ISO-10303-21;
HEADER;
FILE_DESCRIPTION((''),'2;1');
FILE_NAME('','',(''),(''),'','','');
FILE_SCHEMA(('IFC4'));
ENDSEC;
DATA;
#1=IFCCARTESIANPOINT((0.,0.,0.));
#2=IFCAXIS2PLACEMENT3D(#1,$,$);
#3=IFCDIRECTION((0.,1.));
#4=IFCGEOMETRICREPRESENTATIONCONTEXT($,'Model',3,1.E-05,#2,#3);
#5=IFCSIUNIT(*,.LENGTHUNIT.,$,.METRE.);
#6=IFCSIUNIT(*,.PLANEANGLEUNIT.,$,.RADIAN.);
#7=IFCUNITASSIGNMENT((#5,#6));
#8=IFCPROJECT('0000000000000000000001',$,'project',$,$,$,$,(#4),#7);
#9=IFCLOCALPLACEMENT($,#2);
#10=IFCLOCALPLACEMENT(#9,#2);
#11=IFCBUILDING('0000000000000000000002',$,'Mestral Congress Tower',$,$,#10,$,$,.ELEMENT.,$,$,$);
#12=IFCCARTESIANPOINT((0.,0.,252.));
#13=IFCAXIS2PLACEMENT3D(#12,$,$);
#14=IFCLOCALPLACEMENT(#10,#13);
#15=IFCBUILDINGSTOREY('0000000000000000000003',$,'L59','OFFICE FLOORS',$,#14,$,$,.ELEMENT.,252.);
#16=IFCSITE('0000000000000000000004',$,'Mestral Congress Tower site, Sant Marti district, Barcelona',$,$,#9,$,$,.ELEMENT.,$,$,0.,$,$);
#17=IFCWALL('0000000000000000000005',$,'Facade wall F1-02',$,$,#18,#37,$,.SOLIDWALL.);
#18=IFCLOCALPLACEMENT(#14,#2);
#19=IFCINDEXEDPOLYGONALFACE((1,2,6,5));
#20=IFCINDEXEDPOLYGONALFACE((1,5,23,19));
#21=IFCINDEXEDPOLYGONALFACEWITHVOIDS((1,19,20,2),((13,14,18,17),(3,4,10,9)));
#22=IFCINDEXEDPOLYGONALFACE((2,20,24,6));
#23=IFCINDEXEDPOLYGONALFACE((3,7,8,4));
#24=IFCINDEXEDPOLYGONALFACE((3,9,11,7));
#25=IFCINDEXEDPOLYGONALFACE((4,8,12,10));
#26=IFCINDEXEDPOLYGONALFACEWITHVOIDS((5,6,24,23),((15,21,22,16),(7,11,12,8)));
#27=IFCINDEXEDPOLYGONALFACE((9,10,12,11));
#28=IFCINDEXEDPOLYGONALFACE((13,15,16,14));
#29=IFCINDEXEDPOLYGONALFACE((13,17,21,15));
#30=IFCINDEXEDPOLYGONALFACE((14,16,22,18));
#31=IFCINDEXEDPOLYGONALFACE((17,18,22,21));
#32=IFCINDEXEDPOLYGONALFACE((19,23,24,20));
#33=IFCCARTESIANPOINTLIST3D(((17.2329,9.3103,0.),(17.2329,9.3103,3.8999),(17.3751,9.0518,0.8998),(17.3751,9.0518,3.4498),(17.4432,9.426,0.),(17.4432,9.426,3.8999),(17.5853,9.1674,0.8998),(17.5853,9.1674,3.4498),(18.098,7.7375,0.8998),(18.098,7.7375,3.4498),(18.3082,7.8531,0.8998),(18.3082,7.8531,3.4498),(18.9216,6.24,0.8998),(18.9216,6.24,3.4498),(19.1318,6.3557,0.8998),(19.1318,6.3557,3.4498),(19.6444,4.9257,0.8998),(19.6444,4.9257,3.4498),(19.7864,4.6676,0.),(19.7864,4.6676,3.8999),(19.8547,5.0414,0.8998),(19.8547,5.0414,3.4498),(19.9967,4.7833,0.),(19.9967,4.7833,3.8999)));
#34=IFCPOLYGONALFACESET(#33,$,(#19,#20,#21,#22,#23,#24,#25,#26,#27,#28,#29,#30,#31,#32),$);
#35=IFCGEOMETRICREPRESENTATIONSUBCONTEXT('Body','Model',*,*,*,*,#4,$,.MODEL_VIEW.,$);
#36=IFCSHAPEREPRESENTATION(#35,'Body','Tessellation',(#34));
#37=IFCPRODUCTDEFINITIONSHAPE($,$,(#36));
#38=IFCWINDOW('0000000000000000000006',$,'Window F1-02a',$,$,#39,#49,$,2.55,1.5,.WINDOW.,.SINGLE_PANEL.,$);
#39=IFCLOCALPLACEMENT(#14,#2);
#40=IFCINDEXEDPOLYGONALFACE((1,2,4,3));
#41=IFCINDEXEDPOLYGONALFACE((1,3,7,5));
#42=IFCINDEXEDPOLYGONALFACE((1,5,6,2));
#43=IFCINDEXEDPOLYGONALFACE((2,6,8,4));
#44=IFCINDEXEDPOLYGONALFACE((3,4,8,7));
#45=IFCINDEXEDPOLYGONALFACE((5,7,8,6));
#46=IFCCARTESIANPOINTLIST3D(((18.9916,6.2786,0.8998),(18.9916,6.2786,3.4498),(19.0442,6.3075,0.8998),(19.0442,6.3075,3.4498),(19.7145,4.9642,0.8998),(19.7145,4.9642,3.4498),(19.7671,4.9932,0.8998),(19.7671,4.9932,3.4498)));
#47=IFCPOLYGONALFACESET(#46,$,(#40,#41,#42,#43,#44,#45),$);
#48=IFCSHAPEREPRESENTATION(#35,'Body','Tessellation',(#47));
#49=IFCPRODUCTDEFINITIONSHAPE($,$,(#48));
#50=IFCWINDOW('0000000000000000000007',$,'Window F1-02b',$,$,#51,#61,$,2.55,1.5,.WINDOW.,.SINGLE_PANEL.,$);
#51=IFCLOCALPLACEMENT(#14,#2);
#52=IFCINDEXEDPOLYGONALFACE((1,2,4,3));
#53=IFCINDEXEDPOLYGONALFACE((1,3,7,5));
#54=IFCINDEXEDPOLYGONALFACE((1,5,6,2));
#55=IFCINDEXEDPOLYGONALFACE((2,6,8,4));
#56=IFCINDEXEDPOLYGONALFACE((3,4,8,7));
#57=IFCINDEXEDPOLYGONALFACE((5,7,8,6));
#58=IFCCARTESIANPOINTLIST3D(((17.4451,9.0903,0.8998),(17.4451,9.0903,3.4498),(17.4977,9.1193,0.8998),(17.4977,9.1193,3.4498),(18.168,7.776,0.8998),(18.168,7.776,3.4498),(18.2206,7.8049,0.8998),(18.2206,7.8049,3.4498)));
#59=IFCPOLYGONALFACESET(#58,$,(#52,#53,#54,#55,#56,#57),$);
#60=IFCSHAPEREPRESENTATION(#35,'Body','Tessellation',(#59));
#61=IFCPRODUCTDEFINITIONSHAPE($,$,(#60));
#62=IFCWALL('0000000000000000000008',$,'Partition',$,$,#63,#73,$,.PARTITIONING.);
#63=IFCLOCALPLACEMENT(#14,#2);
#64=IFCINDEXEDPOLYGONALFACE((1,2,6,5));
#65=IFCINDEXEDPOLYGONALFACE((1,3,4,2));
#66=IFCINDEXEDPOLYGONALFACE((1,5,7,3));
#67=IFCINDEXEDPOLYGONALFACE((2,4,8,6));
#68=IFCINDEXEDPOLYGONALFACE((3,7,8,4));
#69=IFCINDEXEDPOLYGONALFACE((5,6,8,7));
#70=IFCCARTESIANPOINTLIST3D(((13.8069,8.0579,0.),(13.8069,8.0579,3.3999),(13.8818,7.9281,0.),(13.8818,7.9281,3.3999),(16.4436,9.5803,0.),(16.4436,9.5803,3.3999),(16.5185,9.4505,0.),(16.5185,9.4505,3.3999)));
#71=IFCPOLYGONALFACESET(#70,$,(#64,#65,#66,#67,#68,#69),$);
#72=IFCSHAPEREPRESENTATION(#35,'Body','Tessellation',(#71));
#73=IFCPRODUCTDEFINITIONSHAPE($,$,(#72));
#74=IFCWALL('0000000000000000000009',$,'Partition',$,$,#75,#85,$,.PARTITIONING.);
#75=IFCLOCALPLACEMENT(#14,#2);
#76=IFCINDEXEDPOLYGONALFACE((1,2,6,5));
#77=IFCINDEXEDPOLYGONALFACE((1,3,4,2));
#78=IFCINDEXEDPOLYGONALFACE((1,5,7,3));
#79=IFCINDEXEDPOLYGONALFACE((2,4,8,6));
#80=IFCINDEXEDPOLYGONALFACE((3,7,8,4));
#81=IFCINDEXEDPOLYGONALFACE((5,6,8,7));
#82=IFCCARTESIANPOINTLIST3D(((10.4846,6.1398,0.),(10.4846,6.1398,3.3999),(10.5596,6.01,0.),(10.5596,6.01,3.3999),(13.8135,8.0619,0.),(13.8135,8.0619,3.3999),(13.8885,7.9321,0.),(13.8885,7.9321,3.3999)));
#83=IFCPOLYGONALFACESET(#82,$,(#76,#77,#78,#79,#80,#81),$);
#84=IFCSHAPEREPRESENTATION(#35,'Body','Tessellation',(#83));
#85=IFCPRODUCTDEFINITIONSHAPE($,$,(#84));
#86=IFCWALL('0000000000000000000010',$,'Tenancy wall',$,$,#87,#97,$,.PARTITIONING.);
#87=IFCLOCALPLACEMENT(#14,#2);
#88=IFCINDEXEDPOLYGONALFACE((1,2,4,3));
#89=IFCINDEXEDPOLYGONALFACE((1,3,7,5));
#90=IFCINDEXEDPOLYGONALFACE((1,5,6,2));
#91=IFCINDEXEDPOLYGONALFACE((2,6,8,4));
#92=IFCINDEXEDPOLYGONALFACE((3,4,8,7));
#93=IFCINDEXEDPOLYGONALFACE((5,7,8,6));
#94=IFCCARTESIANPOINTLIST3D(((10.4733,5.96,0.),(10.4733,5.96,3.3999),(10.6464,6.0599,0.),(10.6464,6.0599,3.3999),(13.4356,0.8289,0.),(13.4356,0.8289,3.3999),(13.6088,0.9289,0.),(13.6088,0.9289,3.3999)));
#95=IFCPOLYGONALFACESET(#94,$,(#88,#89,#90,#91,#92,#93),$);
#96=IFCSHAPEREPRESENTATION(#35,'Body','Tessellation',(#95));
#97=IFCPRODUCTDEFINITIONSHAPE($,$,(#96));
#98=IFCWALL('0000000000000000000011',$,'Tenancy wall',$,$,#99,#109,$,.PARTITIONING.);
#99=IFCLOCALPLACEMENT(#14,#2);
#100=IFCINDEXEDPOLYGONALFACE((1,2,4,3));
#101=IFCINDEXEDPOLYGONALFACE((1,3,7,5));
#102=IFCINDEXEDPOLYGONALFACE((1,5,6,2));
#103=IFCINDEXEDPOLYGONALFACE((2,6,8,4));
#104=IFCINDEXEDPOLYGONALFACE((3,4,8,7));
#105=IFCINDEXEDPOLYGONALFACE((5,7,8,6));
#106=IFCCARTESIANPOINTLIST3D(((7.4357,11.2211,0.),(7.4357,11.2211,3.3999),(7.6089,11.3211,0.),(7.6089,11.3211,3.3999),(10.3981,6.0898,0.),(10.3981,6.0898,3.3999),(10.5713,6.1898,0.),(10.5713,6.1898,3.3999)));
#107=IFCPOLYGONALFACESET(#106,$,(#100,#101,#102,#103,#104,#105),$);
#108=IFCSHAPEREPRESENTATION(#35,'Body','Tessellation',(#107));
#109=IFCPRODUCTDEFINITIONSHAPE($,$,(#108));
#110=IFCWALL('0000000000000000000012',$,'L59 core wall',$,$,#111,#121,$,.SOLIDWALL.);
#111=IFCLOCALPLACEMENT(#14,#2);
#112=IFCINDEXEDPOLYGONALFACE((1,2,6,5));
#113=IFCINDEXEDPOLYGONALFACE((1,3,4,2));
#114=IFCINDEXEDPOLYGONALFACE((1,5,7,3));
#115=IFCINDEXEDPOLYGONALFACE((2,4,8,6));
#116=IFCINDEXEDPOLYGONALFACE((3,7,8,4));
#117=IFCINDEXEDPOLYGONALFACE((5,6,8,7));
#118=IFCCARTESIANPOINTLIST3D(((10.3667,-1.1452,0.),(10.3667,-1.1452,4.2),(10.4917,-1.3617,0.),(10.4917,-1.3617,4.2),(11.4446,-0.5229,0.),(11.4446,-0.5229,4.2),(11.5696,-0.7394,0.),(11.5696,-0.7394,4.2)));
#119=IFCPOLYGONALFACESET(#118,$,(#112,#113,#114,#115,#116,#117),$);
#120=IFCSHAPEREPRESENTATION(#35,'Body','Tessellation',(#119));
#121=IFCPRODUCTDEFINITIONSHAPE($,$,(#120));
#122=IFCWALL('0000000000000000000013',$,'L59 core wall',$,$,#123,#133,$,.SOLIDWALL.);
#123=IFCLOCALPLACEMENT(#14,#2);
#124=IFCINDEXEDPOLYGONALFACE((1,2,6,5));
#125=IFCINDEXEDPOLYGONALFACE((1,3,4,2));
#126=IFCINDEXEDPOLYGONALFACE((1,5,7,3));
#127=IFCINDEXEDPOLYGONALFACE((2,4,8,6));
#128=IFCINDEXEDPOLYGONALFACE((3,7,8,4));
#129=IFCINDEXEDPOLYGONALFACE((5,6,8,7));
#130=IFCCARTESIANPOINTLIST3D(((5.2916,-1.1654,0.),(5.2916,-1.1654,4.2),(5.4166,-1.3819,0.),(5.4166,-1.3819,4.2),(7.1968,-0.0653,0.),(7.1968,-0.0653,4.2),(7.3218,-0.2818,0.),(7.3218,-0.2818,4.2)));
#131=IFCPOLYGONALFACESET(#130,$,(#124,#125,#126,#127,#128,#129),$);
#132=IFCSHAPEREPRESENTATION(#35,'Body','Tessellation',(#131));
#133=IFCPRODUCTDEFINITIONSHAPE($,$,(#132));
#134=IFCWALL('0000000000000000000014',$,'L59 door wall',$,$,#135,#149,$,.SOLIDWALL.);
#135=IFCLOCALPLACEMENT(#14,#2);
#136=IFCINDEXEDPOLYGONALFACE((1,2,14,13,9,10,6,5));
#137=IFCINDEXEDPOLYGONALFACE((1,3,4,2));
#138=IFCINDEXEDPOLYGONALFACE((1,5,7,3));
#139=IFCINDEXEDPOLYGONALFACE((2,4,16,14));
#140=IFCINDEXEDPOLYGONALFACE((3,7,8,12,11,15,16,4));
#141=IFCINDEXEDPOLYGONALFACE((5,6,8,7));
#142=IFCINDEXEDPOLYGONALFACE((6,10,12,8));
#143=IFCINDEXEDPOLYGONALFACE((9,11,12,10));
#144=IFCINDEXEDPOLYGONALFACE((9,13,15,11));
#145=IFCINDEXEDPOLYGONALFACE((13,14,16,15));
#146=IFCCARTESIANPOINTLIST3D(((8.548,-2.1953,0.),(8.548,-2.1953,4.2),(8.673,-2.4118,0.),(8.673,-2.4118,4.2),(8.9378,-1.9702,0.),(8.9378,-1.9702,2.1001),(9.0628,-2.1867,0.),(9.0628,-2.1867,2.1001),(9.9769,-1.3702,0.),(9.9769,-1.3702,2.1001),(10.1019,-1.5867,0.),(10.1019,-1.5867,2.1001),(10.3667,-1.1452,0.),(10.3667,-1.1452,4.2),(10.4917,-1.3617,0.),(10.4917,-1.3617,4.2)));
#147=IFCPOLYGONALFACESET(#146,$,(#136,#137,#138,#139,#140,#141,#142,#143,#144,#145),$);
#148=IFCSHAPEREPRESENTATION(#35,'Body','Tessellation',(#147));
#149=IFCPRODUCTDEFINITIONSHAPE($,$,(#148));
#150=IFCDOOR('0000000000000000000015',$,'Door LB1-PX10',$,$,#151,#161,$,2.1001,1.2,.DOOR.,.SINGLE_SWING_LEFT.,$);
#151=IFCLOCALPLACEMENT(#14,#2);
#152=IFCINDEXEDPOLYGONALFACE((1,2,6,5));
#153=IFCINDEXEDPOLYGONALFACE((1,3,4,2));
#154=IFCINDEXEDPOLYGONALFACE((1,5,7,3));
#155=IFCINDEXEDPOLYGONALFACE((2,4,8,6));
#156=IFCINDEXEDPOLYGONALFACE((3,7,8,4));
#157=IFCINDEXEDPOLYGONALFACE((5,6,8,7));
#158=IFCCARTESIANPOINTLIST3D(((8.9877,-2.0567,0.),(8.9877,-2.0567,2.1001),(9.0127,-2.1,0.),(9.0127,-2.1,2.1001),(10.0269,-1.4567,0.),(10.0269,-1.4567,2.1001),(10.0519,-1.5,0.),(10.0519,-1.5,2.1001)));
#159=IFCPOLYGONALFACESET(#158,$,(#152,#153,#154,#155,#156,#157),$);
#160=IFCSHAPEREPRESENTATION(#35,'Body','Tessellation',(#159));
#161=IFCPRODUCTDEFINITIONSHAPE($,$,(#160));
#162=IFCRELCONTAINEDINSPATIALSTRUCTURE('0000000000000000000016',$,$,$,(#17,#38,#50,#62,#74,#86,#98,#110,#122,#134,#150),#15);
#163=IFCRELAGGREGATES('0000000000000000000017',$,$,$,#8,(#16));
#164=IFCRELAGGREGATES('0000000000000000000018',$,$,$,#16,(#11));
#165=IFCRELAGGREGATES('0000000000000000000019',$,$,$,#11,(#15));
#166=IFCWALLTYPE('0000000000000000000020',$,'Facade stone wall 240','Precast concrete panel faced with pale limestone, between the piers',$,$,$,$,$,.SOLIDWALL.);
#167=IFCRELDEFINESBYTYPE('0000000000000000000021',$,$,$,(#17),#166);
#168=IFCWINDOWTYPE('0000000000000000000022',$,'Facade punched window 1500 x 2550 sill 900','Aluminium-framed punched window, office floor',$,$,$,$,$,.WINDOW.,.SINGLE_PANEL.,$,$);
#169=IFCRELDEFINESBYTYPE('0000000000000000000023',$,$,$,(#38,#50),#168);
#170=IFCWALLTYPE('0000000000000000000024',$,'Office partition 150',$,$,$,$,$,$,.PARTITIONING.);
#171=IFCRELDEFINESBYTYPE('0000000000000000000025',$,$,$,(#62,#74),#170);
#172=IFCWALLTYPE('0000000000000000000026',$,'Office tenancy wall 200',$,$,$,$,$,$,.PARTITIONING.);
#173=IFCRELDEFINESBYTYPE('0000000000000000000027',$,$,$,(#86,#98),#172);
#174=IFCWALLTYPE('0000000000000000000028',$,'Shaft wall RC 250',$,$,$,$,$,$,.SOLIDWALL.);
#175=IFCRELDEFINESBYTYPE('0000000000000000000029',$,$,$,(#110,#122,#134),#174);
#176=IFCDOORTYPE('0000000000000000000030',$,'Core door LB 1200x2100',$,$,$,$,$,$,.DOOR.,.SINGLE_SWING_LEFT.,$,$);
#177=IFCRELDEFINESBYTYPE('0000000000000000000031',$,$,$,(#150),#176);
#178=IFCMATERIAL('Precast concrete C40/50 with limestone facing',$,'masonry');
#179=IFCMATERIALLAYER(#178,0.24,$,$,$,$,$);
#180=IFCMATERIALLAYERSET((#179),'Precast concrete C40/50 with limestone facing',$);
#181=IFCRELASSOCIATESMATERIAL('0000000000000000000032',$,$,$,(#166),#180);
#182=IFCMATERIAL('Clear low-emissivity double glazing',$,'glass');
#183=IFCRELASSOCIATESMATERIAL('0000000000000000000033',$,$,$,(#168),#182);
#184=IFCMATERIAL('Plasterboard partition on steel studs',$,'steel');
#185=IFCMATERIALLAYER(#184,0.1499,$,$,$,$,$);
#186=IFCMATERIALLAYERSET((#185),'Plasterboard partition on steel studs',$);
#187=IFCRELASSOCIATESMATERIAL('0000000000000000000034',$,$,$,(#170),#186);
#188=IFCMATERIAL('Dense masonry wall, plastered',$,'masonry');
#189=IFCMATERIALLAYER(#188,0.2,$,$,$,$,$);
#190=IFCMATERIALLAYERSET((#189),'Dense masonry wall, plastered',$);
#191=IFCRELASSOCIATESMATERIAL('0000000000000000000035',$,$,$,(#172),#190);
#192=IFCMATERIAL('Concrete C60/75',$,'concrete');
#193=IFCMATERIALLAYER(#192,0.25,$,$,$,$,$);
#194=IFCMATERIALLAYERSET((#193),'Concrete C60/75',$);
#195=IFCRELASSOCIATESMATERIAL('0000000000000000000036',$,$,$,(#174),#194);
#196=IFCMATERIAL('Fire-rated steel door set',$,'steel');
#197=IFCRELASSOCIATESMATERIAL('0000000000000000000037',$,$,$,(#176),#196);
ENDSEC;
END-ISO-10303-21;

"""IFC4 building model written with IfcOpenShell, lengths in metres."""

from ifc_helpers import new_model, si_unit, direction, frame, frame_2d, origin, place, context, subcontext, project, spatial, rectangle, extrude, material, layer, layer_set, type_object, element, fill, save


model = new_model("IFC4")

# Units and contexts
model_context = context("Model", 3, precision=1e-05, world=origin(), true_north=direction((0.0, 1.0)))
body_context = subcontext(model_context, "Body", "Model", "MODEL_VIEW")
ifc_project = project(units=[si_unit("LENGTHUNIT", "METRE"), si_unit("PLANEANGLEUNIT", "RADIAN")], contexts=[model_context])

# Site, building, storey
site_placement = place(None, origin())
site = spatial("IfcSite", under=ifc_project, at=site_placement, Name="Mestral Congress Tower site, Sant Marti district, Barcelona", CompositionType="ELEMENT", RefElevation=0.0)
building_placement = place(site_placement, origin())
building = spatial("IfcBuilding", under=site, at=building_placement, Name="Mestral Congress Tower", CompositionType="ELEMENT")
storey_placement = place(building_placement, frame((0.0, 0.0, 252.0)))
storey = spatial("IfcBuildingStorey", under=building, at=storey_placement, Name="L59", Description="OFFICE FLOORS", CompositionType="ELEMENT", Elevation=252.0)

# Shared definitions
ifc_material_1 = material(Name="Concrete C60/75", Category="concrete")

# Shared definitions
ifc_material_2 = material(Name="Fire-rated steel door set", Category="steel")

# Wall, openings, windows
ifc_material_3 = material(Name="Precast concrete C40/50 with limestone facing", Category="masonry")
ifc_layer_1 = layer(ifc_material_3, 0.24)
ifc_layer_set_1 = layer_set([ifc_layer_1], Name="Precast concrete C40/50 with limestone facing")
wall_type_1 = type_object("IfcWallType", Name="Facade stone wall 240", Description="Precast concrete panel faced with pale limestone, between the piers", PredefinedType="SOLIDWALL", material=ifc_layer_set_1)
ifc_material_4 = material(Name="Clear low-emissivity double glazing", Category="glass")
window_type = type_object("IfcWindowType", Name="Facade punched window 1500 x 2550 sill 900", Description="Aluminium-framed punched window, office floor", PartitioningType="SINGLE_PANEL", PredefinedType="WINDOW", material=ifc_material_4)
wall_1_placement = place(storey_placement, frame((19.8916, 4.7253, 0.0), z_axis=(0.0, 0.0, 1.0), x_axis=(-0.481926, 0.876212, 0.0)))
wall_1 = element("IfcWall", 1, at=wall_1_placement, inside=storey, type_object=wall_type_1, Name="Facade wall F1-02", PredefinedType="SOLIDWALL", context=body_context, shape_type="SweptSolid", body=[
    extrude(rectangle(XDim=5.2986, YDim=0.24, at=frame_2d((2.6494, 0.0))), origin(), (0.0, 0.0, 1.0), 3.8999),
])
opening_1_placement = place(wall_1_placement, frame((0.2947, 0.0, 0.8999)))
opening_1 = element("IfcOpeningElement", 2, at=opening_1_placement, cuts=wall_1, PredefinedType="OPENING", context=body_context, shape_type="SweptSolid", body=[
    extrude(rectangle(XDim=1.5, YDim=2.55, at=frame_2d((0.75, 1.2749))), frame((0.0, 0.1299, 0.0), z_axis=(0.0, -1.0, 0.0), x_axis=(1.0, 0.0, 0.0)), (0.0, 0.0, 1.0), 0.26),
])
opening_2_placement = place(wall_1_placement, frame((3.5037, 0.0, 0.8999)))
opening_2 = element("IfcOpeningElement", 3, at=opening_2_placement, cuts=wall_1, PredefinedType="OPENING", context=body_context, shape_type="SweptSolid", body=[
    extrude(rectangle(XDim=1.5, YDim=2.55, at=frame_2d((0.75, 1.2749))), frame((0.0, 0.1299, 0.0), z_axis=(0.0, -1.0, 0.0), x_axis=(1.0, 0.0, 0.0)), (0.0, 0.0, 1.0), 0.26),
])
window_1_placement = place(opening_1_placement, origin())
window_1 = element("IfcWindow", 4, at=window_1_placement, inside=storey, type_object=window_type, Name="Window F1-02a", OverallHeight=2.55, OverallWidth=1.5, PartitioningType="SINGLE_PANEL", PredefinedType="WINDOW", context=body_context, shape_type="SweptSolid", body=[
    extrude(rectangle(XDim=1.5, YDim=2.55, at=frame_2d((0.75, 1.2749))), frame((0.0, 0.04, 0.0), z_axis=(0.0, -1.0, 0.0), x_axis=(1.0, 0.0, 0.0)), (0.0, 0.0, 1.0), 0.0601),
])
fill(opening_1, window_1)
window_2_placement = place(opening_2_placement, origin())
window_2 = element("IfcWindow", 5, at=window_2_placement, inside=storey, type_object=window_type, Name="Window F1-02b", OverallHeight=2.55, OverallWidth=1.5, PartitioningType="SINGLE_PANEL", PredefinedType="WINDOW", context=body_context, shape_type="SweptSolid", body=[
    extrude(rectangle(XDim=1.5, YDim=2.55, at=frame_2d((0.75, 1.2749))), frame((0.0, 0.04, 0.0), z_axis=(0.0, -1.0, 0.0), x_axis=(1.0, 0.0, 0.0)), (0.0, 0.0, 1.0), 0.0601),
])
fill(opening_2, window_2)

# Walls
ifc_material_5 = material(Name="Plasterboard partition on steel studs", Category="steel")
ifc_layer_2 = layer(ifc_material_5, 0.1499)
ifc_layer_set_2 = layer_set([ifc_layer_2], Name="Plasterboard partition on steel studs")
wall_type_2 = type_object("IfcWallType", Name="Office partition 150", PredefinedType="PARTITIONING", material=ifc_layer_set_2)
wall_2_placement = place(storey_placement, frame((13.8442, 7.9929, 0.0), z_axis=(0.0, 0.0, 1.0), x_axis=(0.866004, 0.500037, 0.0)))
element("IfcWall", 6, at=wall_2_placement, inside=storey, type_object=wall_type_2, Name="Partition", PredefinedType="PARTITIONING", context=body_context, shape_type="SweptSolid", body=[
    extrude(rectangle(XDim=3.0447, YDim=0.1499, at=frame_2d((1.5225, 0.0))), origin(), (0.0, 0.0, 1.0), 3.3999),
])
wall_3_placement = place(storey_placement, frame((10.5222, 6.075, 0.0), z_axis=(0.0, 0.0, 1.0), x_axis=(0.866003, 0.500039, 0.0)))
element("IfcWall", 7, at=wall_3_placement, inside=storey, type_object=wall_type_2, Name="Partition", PredefinedType="PARTITIONING", context=body_context, shape_type="SweptSolid", body=[
    extrude(rectangle(XDim=3.844, YDim=0.1499, at=frame_2d((1.9219, 0.0))), origin(), (0.0, 0.0, 1.0), 3.3999),
])
ifc_material_6 = material(Name="Dense masonry wall, plastered", Category="masonry")
ifc_layer_3 = layer(ifc_material_6, 0.2)
ifc_layer_set_3 = layer_set([ifc_layer_3], Name="Dense masonry wall, plastered")
wall_type_3 = type_object("IfcWallType", Name="Office tenancy wall 200", PredefinedType="PARTITIONING", material=ifc_layer_set_3)
wall_4_placement = place(storey_placement, frame((13.5222, 0.8789, 0.0), z_axis=(0.0, 0.0, 1.0), x_axis=(-0.499995, 0.866028, 0.0)))
element("IfcWall", 8, at=wall_4_placement, inside=storey, type_object=wall_type_3, Name="Tenancy wall", PredefinedType="PARTITIONING", context=body_context, shape_type="SweptSolid", body=[
    extrude(rectangle(XDim=5.9248, YDim=0.2, at=frame_2d((2.9624, 0.0))), origin(), (0.0, 0.0, 1.0), 3.3999),
])
wall_5_placement = place(storey_placement, frame((10.4846, 6.1399, 0.0), z_axis=(0.0, 0.0, 1.0), x_axis=(-0.499977, 0.866039, 0.0)))
element("IfcWall", 9, at=wall_5_placement, inside=storey, type_object=wall_type_3, Name="Tenancy wall", PredefinedType="PARTITIONING", context=body_context, shape_type="SweptSolid", body=[
    extrude(rectangle(XDim=5.925, YDim=0.2, at=frame_2d((2.9624, 0.0))), origin(), (0.0, 0.0, 1.0), 3.3999),
])
ifc_layer_4 = layer(ifc_material_1, 0.25)
ifc_layer_set_4 = layer_set([ifc_layer_4], Name="Concrete C60/75")
wall_type_4 = type_object("IfcWallType", Name="Shaft wall RC 250", PredefinedType="SOLIDWALL", material=ifc_layer_set_4)
wall_6_placement = place(storey_placement, frame((11.5071, -0.6311, 0.0), z_axis=(0.0, 0.0, 1.0), x_axis=(-0.866026, -0.5, 0.0)))
element("IfcWall", 10, at=wall_6_placement, inside=storey, type_object=wall_type_4, Name="L59 core wall", PredefinedType="SOLIDWALL", context=body_context, shape_type="SweptSolid", body=[
    extrude(rectangle(XDim=1.2446, YDim=0.25, at=frame_2d((0.6223, 0.0))), origin(), (0.0, 0.0, 1.0), 4.2),
])
wall_7_placement = place(storey_placement, frame((5.354, -1.2737, 0.0), z_axis=(0.0, 0.0, 1.0), x_axis=(0.866008, 0.50003, 0.0)))
element("IfcWall", 11, at=wall_7_placement, inside=storey, type_object=wall_type_4, Name="L59 core wall", PredefinedType="SOLIDWALL", context=body_context, shape_type="SweptSolid", body=[
    extrude(rectangle(XDim=2.2, YDim=0.25, at=frame_2d((1.1001, 0.0))), origin(), (0.0, 0.0, 1.0), 4.2),
])

# Wall, opening, door
wall_8_placement = place(storey_placement, frame((10.4292, -1.2534, 0.0), z_axis=(0.0, 0.0, 1.0), x_axis=(-0.866009, -0.500028, 0.0)))
wall_8 = element("IfcWall", 12, at=wall_8_placement, inside=storey, type_object=wall_type_4, Name="L59 door wall", PredefinedType="SOLIDWALL", context=body_context, shape_type="SweptSolid", body=[
    extrude(rectangle(XDim=2.1001, YDim=0.25, at=frame_2d((1.05, 0.0))), origin(), (0.0, 0.0, 1.0), 4.2),
])
opening_3_placement = place(wall_8_placement, frame((0.45, 0.0, 0.0)))
opening_3 = element("IfcOpeningElement", 13, at=opening_3_placement, cuts=wall_8, PredefinedType="OPENING", context=body_context, shape_type="SweptSolid", body=[
    extrude(rectangle(XDim=1.2, YDim=2.1001, at=frame_2d((0.6001, 1.05))), frame((0.0, 0.135, 0.0), z_axis=(0.0, -1.0, 0.0), x_axis=(1.0, 0.0, 0.0)), (0.0, 0.0, 1.0), 0.27),
])
door_type_1 = type_object("IfcDoorType", Name="Core door LB 1200x2100", OperationType="SINGLE_SWING_LEFT", PredefinedType="DOOR", material=ifc_material_2)
door_1_placement = place(opening_3_placement, origin())
door_1 = element("IfcDoor", 14, at=door_1_placement, inside=storey, type_object=door_type_1, Name="Door LB1-PX10", OperationType="SINGLE_SWING_LEFT", OverallHeight=2.1001, OverallWidth=1.2, PredefinedType="DOOR", context=body_context, shape_type="SweptSolid", body=[
    extrude(rectangle(XDim=1.2, YDim=2.1001, at=frame_2d((0.6001, 1.05))), frame((0.0, 0.0249, 0.0), z_axis=(0.0, -1.0, 0.0), x_axis=(1.0, 0.0, 0.0)), (0.0, 0.0, 1.0), 0.05),
])
fill(opening_3, door_1)

save(model, "model.ifc")
